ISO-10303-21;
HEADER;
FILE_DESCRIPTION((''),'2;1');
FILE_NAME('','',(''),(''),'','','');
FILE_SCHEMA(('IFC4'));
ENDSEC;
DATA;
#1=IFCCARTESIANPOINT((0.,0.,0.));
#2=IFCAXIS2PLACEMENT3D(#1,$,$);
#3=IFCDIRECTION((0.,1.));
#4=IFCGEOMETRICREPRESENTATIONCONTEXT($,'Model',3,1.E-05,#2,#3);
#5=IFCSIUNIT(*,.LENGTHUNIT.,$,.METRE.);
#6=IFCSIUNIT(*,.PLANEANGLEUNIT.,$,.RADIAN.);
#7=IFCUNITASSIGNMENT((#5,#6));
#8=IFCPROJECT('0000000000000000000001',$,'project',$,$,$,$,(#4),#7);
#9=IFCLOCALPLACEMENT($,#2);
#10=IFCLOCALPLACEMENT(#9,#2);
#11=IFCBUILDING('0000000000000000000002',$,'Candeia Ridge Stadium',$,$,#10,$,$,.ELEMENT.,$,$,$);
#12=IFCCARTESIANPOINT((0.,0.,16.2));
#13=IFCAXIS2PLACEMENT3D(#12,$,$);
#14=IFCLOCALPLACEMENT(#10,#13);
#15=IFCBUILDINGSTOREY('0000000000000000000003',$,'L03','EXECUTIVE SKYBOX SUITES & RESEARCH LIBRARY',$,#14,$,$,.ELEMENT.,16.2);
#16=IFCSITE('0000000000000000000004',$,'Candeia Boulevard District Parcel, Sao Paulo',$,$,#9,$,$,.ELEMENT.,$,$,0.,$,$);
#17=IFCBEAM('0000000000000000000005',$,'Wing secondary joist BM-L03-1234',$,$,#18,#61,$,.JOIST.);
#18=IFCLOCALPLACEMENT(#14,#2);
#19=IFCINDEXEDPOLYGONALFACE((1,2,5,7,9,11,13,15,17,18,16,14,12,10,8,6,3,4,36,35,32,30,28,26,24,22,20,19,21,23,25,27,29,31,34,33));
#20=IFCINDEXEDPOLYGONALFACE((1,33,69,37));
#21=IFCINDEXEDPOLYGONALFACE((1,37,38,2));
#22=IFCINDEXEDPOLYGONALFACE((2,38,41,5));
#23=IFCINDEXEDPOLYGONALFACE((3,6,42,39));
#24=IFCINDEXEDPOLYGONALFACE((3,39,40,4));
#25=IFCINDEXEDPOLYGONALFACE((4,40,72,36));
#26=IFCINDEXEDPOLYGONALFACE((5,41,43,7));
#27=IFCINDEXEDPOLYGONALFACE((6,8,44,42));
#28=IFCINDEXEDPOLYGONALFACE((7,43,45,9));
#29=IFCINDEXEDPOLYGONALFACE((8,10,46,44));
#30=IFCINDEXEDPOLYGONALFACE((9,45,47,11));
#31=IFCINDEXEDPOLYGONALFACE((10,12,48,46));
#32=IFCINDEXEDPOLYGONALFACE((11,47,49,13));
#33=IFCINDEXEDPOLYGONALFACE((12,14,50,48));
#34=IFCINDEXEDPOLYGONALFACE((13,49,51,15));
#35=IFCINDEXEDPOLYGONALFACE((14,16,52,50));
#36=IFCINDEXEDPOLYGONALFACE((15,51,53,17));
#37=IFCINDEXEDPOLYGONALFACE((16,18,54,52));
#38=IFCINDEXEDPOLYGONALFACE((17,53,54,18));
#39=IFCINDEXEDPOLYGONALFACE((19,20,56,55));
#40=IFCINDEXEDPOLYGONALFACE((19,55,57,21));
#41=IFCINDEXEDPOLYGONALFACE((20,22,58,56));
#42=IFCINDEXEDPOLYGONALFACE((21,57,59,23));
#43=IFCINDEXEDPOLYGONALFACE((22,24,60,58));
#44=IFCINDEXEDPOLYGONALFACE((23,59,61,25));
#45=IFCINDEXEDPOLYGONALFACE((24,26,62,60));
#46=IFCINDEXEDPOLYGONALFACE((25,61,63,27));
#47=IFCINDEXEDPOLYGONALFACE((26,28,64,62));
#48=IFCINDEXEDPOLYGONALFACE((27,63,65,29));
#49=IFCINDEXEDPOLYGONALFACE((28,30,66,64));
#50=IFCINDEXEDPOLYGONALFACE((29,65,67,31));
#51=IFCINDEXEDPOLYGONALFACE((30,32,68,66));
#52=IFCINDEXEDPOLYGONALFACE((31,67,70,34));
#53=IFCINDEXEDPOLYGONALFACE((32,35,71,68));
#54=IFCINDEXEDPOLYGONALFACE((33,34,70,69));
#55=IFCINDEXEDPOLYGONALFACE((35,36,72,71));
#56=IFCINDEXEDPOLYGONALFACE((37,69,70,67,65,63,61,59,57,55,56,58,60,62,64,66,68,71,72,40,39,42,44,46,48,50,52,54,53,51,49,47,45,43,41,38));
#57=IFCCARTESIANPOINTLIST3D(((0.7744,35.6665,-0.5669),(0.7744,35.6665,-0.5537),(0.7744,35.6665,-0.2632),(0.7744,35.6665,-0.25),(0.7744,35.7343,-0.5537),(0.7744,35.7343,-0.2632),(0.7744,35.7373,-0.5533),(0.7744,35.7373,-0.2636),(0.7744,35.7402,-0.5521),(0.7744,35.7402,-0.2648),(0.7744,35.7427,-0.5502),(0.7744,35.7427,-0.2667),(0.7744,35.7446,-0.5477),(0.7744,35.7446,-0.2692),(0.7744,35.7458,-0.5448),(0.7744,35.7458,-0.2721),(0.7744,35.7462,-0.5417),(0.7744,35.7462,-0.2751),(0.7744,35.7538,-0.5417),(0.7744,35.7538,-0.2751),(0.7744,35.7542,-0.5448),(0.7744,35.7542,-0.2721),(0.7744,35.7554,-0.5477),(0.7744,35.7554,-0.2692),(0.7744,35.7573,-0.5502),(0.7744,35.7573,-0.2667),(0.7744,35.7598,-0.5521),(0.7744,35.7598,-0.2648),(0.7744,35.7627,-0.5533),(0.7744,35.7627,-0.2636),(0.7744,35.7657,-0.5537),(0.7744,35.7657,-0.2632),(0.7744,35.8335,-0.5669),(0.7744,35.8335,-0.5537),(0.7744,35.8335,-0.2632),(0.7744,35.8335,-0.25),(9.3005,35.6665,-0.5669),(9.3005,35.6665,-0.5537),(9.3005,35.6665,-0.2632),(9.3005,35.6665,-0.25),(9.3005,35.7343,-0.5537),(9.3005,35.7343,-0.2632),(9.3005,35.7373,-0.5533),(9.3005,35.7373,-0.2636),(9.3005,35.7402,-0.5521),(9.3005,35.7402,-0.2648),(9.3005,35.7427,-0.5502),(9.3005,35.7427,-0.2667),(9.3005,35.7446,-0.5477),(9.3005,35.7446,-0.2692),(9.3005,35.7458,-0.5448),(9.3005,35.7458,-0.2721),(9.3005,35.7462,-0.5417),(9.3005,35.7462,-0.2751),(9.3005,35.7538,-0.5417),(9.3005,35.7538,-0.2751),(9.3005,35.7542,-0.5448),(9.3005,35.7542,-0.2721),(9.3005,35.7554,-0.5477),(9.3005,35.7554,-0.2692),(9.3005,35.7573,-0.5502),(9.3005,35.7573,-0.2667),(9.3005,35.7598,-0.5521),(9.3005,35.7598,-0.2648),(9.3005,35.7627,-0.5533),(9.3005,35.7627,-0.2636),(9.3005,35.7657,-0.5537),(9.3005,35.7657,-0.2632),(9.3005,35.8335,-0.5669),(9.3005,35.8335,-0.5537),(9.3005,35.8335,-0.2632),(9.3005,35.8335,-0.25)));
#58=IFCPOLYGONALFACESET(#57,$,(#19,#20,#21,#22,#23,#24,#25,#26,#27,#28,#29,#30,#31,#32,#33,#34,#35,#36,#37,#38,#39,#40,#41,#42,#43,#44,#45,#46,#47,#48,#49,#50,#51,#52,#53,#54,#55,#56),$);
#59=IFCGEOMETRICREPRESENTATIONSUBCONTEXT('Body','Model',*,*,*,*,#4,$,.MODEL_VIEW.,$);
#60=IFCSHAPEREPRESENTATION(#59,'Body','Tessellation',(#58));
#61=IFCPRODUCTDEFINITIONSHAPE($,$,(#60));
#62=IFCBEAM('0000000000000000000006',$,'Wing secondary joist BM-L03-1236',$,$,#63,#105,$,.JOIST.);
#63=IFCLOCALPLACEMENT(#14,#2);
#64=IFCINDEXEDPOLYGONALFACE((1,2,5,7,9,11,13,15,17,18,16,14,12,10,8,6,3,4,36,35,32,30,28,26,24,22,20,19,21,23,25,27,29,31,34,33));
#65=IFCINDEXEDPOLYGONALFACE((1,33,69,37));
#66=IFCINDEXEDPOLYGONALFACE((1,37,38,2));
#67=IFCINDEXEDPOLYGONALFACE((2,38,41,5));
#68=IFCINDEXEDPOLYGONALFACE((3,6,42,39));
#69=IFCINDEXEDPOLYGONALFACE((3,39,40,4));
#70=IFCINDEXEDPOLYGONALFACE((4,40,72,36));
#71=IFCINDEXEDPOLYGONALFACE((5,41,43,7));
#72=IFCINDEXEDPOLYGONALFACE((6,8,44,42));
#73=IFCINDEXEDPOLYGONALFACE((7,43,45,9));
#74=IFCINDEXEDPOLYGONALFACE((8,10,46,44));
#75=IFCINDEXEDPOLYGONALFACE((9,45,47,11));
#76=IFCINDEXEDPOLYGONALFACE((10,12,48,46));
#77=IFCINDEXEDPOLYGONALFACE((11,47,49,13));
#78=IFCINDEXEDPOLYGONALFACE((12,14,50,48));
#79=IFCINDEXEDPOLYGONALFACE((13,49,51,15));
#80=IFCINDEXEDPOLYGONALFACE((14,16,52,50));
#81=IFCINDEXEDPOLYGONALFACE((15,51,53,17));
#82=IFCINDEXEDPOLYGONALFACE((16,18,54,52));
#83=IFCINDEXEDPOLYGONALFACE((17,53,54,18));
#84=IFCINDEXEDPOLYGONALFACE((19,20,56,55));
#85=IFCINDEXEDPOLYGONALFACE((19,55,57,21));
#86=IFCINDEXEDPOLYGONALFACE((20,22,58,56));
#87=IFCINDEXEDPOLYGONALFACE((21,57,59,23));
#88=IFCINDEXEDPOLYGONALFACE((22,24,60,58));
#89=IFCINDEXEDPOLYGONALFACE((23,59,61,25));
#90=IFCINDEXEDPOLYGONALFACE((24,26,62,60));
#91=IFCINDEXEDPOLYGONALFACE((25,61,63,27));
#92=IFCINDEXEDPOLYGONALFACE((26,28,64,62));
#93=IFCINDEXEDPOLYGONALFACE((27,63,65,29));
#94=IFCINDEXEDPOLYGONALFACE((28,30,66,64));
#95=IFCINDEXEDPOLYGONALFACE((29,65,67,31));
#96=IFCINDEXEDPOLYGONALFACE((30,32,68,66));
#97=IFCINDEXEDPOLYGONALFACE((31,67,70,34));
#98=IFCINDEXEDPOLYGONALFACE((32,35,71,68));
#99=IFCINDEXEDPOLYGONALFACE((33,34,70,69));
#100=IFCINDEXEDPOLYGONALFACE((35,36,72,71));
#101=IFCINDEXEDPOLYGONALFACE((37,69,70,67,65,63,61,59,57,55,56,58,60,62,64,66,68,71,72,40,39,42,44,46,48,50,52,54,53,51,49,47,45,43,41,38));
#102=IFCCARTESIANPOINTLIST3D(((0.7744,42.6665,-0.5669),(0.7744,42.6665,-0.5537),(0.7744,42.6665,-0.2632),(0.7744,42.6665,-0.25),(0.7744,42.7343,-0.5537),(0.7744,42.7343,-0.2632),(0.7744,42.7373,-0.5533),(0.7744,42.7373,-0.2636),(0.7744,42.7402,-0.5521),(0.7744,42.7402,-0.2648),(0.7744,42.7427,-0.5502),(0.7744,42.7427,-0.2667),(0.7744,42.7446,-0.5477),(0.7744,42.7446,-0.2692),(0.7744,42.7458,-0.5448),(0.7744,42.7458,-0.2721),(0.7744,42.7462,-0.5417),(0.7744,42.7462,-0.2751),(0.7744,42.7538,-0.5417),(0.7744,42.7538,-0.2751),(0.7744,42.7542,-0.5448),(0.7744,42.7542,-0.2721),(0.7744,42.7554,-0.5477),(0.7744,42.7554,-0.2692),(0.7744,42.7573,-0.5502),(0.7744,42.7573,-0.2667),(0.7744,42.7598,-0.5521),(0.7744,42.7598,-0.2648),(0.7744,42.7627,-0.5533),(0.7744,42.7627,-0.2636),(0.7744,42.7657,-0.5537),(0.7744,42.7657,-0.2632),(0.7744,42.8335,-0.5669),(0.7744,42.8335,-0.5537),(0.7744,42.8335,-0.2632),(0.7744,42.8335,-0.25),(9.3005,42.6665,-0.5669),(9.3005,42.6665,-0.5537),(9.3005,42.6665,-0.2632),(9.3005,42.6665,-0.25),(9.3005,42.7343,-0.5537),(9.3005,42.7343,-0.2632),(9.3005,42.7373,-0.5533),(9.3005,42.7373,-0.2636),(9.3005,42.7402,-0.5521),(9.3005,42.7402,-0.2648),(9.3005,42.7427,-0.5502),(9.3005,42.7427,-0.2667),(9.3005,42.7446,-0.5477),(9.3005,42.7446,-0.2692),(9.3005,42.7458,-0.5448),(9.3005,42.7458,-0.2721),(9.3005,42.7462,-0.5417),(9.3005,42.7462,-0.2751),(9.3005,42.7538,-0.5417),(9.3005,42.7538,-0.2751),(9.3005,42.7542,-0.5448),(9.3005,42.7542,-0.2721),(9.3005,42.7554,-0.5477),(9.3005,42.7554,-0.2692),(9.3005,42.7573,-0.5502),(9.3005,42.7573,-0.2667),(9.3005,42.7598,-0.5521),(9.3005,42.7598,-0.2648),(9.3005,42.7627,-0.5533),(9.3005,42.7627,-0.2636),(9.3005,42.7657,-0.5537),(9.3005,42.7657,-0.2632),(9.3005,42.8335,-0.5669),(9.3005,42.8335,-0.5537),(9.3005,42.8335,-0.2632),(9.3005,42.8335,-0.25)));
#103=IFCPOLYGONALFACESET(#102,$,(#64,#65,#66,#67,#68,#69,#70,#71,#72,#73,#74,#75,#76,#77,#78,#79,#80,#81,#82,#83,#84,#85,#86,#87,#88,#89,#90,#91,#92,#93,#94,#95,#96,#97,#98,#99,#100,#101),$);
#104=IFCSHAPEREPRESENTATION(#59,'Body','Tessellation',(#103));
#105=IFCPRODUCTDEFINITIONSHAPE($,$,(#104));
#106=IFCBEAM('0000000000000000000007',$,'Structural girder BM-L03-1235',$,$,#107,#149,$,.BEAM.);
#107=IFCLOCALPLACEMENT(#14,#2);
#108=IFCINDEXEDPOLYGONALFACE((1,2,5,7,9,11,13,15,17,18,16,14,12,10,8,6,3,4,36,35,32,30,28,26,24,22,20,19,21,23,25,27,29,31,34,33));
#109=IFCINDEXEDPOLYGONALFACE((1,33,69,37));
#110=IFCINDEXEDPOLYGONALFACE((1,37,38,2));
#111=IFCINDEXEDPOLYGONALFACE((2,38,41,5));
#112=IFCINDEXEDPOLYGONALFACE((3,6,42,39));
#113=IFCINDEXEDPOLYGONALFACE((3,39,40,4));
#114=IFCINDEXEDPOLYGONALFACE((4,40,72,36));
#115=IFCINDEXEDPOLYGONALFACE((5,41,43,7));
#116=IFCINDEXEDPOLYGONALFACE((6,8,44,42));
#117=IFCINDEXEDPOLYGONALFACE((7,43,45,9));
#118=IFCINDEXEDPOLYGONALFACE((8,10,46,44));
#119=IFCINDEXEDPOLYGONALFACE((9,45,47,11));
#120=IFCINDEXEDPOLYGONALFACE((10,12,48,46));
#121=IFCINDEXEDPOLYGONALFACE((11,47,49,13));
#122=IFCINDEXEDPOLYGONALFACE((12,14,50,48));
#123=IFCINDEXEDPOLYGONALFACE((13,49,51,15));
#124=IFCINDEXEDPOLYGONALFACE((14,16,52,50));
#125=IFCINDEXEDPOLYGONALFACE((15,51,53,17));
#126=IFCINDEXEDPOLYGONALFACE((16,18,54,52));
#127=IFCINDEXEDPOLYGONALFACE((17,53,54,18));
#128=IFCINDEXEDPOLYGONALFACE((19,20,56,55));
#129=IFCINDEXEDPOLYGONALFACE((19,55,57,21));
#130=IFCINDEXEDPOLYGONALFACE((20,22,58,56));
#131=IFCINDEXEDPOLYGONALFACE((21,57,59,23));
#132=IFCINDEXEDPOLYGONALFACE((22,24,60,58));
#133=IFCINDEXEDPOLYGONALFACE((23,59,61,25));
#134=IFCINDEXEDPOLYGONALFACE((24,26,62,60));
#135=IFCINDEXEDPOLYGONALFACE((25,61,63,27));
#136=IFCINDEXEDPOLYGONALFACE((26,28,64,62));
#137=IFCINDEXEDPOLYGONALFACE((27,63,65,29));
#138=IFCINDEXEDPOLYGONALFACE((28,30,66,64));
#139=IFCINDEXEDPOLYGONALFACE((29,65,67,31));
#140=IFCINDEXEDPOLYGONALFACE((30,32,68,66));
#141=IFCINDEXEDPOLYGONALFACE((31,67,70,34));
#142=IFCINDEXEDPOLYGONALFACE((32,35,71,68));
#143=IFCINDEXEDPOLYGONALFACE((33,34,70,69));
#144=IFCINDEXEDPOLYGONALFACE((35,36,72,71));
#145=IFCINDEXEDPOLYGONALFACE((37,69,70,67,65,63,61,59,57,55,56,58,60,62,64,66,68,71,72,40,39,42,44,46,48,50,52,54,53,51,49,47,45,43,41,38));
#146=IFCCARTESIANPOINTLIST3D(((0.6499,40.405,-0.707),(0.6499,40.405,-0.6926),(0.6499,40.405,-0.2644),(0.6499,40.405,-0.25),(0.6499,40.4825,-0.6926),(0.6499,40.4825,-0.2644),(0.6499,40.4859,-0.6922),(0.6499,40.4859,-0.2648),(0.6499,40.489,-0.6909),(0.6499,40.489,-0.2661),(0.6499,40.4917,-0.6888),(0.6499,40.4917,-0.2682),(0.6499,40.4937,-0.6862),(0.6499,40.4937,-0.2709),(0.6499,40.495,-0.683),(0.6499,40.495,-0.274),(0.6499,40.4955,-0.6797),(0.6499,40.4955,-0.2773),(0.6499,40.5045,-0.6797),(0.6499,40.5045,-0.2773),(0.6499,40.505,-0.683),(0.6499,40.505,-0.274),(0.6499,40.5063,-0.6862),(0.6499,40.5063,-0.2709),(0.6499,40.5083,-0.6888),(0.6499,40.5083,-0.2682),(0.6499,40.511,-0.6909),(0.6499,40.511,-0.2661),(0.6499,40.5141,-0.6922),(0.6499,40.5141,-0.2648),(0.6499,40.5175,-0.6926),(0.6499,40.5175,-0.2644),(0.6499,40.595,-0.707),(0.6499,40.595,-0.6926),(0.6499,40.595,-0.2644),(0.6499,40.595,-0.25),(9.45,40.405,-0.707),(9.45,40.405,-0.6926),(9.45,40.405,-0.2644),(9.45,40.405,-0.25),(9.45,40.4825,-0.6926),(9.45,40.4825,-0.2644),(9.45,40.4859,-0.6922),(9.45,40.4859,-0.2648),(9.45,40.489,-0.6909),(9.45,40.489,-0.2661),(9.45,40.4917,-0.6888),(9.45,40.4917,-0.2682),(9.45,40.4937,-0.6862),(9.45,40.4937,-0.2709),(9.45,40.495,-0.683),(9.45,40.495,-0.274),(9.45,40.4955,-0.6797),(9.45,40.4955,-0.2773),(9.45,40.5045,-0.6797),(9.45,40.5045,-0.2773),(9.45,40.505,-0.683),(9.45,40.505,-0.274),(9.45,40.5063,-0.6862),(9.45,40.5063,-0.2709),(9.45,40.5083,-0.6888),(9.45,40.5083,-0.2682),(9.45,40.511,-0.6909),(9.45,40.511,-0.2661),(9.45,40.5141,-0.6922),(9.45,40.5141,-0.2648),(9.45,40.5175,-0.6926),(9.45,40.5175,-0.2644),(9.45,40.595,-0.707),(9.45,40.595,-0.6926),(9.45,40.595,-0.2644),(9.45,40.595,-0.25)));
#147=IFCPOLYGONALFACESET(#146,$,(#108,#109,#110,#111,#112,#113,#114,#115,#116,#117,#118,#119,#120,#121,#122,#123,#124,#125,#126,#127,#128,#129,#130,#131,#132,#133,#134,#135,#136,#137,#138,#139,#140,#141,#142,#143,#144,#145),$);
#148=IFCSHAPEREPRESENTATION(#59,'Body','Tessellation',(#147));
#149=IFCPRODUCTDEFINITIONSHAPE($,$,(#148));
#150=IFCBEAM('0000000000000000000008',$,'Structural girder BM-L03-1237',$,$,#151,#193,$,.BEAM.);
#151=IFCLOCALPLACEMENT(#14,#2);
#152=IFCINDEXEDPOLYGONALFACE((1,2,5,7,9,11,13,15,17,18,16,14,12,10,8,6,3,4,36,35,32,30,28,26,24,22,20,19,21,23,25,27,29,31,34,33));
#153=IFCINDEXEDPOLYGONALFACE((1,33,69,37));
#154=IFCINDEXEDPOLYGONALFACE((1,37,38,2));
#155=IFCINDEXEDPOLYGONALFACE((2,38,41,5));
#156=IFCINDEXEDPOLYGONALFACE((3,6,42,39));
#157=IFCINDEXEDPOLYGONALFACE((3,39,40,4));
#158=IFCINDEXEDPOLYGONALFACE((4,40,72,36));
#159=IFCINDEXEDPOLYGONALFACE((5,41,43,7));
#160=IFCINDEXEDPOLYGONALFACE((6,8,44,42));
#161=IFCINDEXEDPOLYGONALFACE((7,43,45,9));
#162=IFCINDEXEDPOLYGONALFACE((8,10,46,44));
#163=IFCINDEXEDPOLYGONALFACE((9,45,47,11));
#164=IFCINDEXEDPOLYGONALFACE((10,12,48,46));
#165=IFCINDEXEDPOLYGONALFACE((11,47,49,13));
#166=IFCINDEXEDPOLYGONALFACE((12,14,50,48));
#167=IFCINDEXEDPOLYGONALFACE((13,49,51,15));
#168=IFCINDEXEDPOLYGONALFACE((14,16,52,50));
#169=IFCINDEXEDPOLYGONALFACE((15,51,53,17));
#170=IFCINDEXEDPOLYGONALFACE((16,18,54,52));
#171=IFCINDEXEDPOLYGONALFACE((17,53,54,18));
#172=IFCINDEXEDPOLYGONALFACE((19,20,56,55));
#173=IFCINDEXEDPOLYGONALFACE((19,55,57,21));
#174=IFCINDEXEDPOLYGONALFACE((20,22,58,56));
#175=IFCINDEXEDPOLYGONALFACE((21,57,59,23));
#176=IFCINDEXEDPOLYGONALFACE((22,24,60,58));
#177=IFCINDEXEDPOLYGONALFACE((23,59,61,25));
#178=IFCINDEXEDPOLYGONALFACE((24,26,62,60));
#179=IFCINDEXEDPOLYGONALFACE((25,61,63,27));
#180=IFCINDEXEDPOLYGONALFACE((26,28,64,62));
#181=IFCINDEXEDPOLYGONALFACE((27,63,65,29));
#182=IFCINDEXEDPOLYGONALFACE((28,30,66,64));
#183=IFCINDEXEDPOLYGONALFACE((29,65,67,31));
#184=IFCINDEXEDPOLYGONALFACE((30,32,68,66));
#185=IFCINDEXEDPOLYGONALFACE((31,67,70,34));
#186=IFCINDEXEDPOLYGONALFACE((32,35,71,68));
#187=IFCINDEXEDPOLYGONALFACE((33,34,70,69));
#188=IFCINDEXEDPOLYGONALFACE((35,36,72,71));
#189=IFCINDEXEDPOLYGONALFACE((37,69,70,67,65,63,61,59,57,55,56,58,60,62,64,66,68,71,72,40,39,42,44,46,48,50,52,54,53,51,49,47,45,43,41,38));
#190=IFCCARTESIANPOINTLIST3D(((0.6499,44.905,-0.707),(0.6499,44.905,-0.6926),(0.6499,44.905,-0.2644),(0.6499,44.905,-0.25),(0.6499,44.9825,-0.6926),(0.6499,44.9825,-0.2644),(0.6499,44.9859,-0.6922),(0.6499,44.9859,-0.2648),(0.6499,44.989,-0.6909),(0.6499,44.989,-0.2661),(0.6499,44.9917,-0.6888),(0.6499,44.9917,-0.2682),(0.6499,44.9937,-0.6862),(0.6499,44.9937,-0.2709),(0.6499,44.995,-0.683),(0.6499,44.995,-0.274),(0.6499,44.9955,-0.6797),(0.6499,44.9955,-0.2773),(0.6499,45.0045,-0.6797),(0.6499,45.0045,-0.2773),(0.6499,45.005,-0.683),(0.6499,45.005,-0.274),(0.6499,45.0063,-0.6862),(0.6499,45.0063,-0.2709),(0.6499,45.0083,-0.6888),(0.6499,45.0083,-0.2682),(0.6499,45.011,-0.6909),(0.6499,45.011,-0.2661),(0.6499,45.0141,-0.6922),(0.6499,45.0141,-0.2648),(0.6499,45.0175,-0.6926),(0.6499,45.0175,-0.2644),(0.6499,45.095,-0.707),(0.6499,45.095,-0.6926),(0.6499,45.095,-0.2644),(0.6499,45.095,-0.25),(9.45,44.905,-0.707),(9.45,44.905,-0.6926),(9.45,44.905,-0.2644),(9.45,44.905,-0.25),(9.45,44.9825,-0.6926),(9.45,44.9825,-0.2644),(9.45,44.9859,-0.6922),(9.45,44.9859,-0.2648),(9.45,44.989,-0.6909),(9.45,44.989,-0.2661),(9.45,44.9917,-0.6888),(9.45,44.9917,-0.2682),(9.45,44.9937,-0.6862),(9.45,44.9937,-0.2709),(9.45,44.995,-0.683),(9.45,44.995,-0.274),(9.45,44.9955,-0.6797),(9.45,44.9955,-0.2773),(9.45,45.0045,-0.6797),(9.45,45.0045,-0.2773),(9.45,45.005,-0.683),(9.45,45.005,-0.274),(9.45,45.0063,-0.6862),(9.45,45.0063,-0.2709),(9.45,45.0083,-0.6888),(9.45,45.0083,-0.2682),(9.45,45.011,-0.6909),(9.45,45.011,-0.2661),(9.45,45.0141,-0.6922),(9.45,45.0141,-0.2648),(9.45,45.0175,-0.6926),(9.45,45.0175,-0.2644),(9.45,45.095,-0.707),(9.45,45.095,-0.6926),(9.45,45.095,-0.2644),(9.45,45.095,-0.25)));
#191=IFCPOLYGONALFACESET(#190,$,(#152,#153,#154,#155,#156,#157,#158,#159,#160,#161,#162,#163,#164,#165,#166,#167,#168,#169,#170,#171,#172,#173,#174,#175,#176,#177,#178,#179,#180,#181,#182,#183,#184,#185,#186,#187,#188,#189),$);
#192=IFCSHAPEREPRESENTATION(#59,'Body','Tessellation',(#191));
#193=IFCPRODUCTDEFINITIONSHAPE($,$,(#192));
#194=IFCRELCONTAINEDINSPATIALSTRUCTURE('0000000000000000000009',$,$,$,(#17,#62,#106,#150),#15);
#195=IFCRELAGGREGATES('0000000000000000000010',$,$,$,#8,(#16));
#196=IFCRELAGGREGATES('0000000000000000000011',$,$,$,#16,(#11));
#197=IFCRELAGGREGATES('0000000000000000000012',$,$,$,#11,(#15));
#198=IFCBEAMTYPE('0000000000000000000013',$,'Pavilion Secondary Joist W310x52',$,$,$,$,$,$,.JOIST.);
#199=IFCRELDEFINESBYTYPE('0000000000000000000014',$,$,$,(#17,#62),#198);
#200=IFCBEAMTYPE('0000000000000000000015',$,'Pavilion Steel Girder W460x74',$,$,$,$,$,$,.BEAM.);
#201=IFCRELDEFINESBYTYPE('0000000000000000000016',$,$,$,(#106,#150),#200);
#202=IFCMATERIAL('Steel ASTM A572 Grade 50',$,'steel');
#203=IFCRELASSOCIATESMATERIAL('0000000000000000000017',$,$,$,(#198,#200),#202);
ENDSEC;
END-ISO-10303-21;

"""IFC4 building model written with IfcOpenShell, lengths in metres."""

from ifc_helpers import new_model, si_unit, direction, frame, origin, origin_2d, place, context, subcontext, project, spatial, i_section, extrude, material, material_profile, profile_set, type_object, element, save


model = new_model("IFC4")

# Units and contexts
model_context = context("Model", 3, precision=1e-05, world=origin(), true_north=direction((0.0, 1.0)))
body_context = subcontext(model_context, "Body", "Model", "MODEL_VIEW")
ifc_project = project(units=[si_unit("LENGTHUNIT", "METRE"), si_unit("PLANEANGLEUNIT", "RADIAN")], contexts=[model_context])

# Site, building, storey
site_placement = place(None, origin())
site = spatial("IfcSite", under=ifc_project, at=site_placement, Name="Candeia Boulevard District Parcel, Sao Paulo", CompositionType="ELEMENT", RefElevation=0.0)
building_placement = place(site_placement, origin())
building = spatial("IfcBuilding", under=site, at=building_placement, Name="Candeia Ridge Stadium", CompositionType="ELEMENT")
storey_placement = place(building_placement, frame((0.0, 0.0, 16.2)))
storey = spatial("IfcBuildingStorey", under=building, at=storey_placement, Name="L03", Description="EXECUTIVE SKYBOX SUITES & RESEARCH LIBRARY", CompositionType="ELEMENT", Elevation=16.2)

# Beams
ifc_material_1 = material(Name="Steel ASTM A572 Grade 50", Category="steel")
ifc_material_profile_1 = material_profile(ifc_material_1, i_section(OverallWidth=0.167, OverallDepth=0.3169, WebThickness=0.0076, FlangeThickness=0.0132, FilletRadius=0.012, at=origin_2d()), Name="W310x52", Category="steel")
ifc_profile_set_1 = profile_set([ifc_material_profile_1], Name="Steel ASTM A572 Grade 50")
beam_type_1 = type_object("IfcBeamType", Name="Pavilion Secondary Joist W310x52", PredefinedType="JOIST", material=ifc_profile_set_1)
for number, where, z_axis, x_axis, name in (
    (1, (0.7744, 35.75, -0.4084), (1.0, 0.0, 0.0), (0.0, 1.0, 0.0), "Wing secondary joist BM-L03-1234"),
    (2, (0.7744, 42.75, -0.4084), (1.0, 0.0, 0.0), (0.0, 1.0, 0.0), "Wing secondary joist BM-L03-1236"),
):
    element("IfcBeam", number, at=place(storey_placement, frame(where, z_axis=z_axis, x_axis=x_axis)), inside=storey, type_object=beam_type_1, Name=name, PredefinedType="JOIST", context=body_context, shape_type="SweptSolid", body=[
        extrude(i_section(OverallWidth=0.167, OverallDepth=0.3169, WebThickness=0.0076, FlangeThickness=0.0132, FilletRadius=0.012, at=origin_2d()), origin(), (0.0, 0.0, 1.0), 8.5261),
    ])
ifc_material_profile_2 = material_profile(ifc_material_1, i_section(OverallWidth=0.1899, OverallDepth=0.457, WebThickness=0.009, FlangeThickness=0.0144, FilletRadius=0.0129, at=origin_2d()), Name="W460x74", Category="steel")
ifc_profile_set_2 = profile_set([ifc_material_profile_2], Name="Steel ASTM A572 Grade 50")
beam_type_2 = type_object("IfcBeamType", Name="Pavilion Steel Girder W460x74", PredefinedType="BEAM", material=ifc_profile_set_2)
for number, where, z_axis, x_axis, name in (
    (3, (0.6499, 40.5, -0.4785), (1.0, 0.0, 0.0), (0.0, 1.0, 0.0), "Structural girder BM-L03-1235"),
    (4, (0.6499, 45.0, -0.4785), (1.0, 0.0, 0.0), (0.0, 1.0, 0.0), "Structural girder BM-L03-1237"),
):
    element("IfcBeam", number, at=place(storey_placement, frame(where, z_axis=z_axis, x_axis=x_axis)), inside=storey, type_object=beam_type_2, Name=name, PredefinedType="BEAM", context=body_context, shape_type="SweptSolid", body=[
        extrude(i_section(OverallWidth=0.1899, OverallDepth=0.457, WebThickness=0.009, FlangeThickness=0.0144, FilletRadius=0.0129, at=origin_2d()), origin(), (0.0, 0.0, 1.0), 8.8),
    ])

save(model, "model.ifc")
